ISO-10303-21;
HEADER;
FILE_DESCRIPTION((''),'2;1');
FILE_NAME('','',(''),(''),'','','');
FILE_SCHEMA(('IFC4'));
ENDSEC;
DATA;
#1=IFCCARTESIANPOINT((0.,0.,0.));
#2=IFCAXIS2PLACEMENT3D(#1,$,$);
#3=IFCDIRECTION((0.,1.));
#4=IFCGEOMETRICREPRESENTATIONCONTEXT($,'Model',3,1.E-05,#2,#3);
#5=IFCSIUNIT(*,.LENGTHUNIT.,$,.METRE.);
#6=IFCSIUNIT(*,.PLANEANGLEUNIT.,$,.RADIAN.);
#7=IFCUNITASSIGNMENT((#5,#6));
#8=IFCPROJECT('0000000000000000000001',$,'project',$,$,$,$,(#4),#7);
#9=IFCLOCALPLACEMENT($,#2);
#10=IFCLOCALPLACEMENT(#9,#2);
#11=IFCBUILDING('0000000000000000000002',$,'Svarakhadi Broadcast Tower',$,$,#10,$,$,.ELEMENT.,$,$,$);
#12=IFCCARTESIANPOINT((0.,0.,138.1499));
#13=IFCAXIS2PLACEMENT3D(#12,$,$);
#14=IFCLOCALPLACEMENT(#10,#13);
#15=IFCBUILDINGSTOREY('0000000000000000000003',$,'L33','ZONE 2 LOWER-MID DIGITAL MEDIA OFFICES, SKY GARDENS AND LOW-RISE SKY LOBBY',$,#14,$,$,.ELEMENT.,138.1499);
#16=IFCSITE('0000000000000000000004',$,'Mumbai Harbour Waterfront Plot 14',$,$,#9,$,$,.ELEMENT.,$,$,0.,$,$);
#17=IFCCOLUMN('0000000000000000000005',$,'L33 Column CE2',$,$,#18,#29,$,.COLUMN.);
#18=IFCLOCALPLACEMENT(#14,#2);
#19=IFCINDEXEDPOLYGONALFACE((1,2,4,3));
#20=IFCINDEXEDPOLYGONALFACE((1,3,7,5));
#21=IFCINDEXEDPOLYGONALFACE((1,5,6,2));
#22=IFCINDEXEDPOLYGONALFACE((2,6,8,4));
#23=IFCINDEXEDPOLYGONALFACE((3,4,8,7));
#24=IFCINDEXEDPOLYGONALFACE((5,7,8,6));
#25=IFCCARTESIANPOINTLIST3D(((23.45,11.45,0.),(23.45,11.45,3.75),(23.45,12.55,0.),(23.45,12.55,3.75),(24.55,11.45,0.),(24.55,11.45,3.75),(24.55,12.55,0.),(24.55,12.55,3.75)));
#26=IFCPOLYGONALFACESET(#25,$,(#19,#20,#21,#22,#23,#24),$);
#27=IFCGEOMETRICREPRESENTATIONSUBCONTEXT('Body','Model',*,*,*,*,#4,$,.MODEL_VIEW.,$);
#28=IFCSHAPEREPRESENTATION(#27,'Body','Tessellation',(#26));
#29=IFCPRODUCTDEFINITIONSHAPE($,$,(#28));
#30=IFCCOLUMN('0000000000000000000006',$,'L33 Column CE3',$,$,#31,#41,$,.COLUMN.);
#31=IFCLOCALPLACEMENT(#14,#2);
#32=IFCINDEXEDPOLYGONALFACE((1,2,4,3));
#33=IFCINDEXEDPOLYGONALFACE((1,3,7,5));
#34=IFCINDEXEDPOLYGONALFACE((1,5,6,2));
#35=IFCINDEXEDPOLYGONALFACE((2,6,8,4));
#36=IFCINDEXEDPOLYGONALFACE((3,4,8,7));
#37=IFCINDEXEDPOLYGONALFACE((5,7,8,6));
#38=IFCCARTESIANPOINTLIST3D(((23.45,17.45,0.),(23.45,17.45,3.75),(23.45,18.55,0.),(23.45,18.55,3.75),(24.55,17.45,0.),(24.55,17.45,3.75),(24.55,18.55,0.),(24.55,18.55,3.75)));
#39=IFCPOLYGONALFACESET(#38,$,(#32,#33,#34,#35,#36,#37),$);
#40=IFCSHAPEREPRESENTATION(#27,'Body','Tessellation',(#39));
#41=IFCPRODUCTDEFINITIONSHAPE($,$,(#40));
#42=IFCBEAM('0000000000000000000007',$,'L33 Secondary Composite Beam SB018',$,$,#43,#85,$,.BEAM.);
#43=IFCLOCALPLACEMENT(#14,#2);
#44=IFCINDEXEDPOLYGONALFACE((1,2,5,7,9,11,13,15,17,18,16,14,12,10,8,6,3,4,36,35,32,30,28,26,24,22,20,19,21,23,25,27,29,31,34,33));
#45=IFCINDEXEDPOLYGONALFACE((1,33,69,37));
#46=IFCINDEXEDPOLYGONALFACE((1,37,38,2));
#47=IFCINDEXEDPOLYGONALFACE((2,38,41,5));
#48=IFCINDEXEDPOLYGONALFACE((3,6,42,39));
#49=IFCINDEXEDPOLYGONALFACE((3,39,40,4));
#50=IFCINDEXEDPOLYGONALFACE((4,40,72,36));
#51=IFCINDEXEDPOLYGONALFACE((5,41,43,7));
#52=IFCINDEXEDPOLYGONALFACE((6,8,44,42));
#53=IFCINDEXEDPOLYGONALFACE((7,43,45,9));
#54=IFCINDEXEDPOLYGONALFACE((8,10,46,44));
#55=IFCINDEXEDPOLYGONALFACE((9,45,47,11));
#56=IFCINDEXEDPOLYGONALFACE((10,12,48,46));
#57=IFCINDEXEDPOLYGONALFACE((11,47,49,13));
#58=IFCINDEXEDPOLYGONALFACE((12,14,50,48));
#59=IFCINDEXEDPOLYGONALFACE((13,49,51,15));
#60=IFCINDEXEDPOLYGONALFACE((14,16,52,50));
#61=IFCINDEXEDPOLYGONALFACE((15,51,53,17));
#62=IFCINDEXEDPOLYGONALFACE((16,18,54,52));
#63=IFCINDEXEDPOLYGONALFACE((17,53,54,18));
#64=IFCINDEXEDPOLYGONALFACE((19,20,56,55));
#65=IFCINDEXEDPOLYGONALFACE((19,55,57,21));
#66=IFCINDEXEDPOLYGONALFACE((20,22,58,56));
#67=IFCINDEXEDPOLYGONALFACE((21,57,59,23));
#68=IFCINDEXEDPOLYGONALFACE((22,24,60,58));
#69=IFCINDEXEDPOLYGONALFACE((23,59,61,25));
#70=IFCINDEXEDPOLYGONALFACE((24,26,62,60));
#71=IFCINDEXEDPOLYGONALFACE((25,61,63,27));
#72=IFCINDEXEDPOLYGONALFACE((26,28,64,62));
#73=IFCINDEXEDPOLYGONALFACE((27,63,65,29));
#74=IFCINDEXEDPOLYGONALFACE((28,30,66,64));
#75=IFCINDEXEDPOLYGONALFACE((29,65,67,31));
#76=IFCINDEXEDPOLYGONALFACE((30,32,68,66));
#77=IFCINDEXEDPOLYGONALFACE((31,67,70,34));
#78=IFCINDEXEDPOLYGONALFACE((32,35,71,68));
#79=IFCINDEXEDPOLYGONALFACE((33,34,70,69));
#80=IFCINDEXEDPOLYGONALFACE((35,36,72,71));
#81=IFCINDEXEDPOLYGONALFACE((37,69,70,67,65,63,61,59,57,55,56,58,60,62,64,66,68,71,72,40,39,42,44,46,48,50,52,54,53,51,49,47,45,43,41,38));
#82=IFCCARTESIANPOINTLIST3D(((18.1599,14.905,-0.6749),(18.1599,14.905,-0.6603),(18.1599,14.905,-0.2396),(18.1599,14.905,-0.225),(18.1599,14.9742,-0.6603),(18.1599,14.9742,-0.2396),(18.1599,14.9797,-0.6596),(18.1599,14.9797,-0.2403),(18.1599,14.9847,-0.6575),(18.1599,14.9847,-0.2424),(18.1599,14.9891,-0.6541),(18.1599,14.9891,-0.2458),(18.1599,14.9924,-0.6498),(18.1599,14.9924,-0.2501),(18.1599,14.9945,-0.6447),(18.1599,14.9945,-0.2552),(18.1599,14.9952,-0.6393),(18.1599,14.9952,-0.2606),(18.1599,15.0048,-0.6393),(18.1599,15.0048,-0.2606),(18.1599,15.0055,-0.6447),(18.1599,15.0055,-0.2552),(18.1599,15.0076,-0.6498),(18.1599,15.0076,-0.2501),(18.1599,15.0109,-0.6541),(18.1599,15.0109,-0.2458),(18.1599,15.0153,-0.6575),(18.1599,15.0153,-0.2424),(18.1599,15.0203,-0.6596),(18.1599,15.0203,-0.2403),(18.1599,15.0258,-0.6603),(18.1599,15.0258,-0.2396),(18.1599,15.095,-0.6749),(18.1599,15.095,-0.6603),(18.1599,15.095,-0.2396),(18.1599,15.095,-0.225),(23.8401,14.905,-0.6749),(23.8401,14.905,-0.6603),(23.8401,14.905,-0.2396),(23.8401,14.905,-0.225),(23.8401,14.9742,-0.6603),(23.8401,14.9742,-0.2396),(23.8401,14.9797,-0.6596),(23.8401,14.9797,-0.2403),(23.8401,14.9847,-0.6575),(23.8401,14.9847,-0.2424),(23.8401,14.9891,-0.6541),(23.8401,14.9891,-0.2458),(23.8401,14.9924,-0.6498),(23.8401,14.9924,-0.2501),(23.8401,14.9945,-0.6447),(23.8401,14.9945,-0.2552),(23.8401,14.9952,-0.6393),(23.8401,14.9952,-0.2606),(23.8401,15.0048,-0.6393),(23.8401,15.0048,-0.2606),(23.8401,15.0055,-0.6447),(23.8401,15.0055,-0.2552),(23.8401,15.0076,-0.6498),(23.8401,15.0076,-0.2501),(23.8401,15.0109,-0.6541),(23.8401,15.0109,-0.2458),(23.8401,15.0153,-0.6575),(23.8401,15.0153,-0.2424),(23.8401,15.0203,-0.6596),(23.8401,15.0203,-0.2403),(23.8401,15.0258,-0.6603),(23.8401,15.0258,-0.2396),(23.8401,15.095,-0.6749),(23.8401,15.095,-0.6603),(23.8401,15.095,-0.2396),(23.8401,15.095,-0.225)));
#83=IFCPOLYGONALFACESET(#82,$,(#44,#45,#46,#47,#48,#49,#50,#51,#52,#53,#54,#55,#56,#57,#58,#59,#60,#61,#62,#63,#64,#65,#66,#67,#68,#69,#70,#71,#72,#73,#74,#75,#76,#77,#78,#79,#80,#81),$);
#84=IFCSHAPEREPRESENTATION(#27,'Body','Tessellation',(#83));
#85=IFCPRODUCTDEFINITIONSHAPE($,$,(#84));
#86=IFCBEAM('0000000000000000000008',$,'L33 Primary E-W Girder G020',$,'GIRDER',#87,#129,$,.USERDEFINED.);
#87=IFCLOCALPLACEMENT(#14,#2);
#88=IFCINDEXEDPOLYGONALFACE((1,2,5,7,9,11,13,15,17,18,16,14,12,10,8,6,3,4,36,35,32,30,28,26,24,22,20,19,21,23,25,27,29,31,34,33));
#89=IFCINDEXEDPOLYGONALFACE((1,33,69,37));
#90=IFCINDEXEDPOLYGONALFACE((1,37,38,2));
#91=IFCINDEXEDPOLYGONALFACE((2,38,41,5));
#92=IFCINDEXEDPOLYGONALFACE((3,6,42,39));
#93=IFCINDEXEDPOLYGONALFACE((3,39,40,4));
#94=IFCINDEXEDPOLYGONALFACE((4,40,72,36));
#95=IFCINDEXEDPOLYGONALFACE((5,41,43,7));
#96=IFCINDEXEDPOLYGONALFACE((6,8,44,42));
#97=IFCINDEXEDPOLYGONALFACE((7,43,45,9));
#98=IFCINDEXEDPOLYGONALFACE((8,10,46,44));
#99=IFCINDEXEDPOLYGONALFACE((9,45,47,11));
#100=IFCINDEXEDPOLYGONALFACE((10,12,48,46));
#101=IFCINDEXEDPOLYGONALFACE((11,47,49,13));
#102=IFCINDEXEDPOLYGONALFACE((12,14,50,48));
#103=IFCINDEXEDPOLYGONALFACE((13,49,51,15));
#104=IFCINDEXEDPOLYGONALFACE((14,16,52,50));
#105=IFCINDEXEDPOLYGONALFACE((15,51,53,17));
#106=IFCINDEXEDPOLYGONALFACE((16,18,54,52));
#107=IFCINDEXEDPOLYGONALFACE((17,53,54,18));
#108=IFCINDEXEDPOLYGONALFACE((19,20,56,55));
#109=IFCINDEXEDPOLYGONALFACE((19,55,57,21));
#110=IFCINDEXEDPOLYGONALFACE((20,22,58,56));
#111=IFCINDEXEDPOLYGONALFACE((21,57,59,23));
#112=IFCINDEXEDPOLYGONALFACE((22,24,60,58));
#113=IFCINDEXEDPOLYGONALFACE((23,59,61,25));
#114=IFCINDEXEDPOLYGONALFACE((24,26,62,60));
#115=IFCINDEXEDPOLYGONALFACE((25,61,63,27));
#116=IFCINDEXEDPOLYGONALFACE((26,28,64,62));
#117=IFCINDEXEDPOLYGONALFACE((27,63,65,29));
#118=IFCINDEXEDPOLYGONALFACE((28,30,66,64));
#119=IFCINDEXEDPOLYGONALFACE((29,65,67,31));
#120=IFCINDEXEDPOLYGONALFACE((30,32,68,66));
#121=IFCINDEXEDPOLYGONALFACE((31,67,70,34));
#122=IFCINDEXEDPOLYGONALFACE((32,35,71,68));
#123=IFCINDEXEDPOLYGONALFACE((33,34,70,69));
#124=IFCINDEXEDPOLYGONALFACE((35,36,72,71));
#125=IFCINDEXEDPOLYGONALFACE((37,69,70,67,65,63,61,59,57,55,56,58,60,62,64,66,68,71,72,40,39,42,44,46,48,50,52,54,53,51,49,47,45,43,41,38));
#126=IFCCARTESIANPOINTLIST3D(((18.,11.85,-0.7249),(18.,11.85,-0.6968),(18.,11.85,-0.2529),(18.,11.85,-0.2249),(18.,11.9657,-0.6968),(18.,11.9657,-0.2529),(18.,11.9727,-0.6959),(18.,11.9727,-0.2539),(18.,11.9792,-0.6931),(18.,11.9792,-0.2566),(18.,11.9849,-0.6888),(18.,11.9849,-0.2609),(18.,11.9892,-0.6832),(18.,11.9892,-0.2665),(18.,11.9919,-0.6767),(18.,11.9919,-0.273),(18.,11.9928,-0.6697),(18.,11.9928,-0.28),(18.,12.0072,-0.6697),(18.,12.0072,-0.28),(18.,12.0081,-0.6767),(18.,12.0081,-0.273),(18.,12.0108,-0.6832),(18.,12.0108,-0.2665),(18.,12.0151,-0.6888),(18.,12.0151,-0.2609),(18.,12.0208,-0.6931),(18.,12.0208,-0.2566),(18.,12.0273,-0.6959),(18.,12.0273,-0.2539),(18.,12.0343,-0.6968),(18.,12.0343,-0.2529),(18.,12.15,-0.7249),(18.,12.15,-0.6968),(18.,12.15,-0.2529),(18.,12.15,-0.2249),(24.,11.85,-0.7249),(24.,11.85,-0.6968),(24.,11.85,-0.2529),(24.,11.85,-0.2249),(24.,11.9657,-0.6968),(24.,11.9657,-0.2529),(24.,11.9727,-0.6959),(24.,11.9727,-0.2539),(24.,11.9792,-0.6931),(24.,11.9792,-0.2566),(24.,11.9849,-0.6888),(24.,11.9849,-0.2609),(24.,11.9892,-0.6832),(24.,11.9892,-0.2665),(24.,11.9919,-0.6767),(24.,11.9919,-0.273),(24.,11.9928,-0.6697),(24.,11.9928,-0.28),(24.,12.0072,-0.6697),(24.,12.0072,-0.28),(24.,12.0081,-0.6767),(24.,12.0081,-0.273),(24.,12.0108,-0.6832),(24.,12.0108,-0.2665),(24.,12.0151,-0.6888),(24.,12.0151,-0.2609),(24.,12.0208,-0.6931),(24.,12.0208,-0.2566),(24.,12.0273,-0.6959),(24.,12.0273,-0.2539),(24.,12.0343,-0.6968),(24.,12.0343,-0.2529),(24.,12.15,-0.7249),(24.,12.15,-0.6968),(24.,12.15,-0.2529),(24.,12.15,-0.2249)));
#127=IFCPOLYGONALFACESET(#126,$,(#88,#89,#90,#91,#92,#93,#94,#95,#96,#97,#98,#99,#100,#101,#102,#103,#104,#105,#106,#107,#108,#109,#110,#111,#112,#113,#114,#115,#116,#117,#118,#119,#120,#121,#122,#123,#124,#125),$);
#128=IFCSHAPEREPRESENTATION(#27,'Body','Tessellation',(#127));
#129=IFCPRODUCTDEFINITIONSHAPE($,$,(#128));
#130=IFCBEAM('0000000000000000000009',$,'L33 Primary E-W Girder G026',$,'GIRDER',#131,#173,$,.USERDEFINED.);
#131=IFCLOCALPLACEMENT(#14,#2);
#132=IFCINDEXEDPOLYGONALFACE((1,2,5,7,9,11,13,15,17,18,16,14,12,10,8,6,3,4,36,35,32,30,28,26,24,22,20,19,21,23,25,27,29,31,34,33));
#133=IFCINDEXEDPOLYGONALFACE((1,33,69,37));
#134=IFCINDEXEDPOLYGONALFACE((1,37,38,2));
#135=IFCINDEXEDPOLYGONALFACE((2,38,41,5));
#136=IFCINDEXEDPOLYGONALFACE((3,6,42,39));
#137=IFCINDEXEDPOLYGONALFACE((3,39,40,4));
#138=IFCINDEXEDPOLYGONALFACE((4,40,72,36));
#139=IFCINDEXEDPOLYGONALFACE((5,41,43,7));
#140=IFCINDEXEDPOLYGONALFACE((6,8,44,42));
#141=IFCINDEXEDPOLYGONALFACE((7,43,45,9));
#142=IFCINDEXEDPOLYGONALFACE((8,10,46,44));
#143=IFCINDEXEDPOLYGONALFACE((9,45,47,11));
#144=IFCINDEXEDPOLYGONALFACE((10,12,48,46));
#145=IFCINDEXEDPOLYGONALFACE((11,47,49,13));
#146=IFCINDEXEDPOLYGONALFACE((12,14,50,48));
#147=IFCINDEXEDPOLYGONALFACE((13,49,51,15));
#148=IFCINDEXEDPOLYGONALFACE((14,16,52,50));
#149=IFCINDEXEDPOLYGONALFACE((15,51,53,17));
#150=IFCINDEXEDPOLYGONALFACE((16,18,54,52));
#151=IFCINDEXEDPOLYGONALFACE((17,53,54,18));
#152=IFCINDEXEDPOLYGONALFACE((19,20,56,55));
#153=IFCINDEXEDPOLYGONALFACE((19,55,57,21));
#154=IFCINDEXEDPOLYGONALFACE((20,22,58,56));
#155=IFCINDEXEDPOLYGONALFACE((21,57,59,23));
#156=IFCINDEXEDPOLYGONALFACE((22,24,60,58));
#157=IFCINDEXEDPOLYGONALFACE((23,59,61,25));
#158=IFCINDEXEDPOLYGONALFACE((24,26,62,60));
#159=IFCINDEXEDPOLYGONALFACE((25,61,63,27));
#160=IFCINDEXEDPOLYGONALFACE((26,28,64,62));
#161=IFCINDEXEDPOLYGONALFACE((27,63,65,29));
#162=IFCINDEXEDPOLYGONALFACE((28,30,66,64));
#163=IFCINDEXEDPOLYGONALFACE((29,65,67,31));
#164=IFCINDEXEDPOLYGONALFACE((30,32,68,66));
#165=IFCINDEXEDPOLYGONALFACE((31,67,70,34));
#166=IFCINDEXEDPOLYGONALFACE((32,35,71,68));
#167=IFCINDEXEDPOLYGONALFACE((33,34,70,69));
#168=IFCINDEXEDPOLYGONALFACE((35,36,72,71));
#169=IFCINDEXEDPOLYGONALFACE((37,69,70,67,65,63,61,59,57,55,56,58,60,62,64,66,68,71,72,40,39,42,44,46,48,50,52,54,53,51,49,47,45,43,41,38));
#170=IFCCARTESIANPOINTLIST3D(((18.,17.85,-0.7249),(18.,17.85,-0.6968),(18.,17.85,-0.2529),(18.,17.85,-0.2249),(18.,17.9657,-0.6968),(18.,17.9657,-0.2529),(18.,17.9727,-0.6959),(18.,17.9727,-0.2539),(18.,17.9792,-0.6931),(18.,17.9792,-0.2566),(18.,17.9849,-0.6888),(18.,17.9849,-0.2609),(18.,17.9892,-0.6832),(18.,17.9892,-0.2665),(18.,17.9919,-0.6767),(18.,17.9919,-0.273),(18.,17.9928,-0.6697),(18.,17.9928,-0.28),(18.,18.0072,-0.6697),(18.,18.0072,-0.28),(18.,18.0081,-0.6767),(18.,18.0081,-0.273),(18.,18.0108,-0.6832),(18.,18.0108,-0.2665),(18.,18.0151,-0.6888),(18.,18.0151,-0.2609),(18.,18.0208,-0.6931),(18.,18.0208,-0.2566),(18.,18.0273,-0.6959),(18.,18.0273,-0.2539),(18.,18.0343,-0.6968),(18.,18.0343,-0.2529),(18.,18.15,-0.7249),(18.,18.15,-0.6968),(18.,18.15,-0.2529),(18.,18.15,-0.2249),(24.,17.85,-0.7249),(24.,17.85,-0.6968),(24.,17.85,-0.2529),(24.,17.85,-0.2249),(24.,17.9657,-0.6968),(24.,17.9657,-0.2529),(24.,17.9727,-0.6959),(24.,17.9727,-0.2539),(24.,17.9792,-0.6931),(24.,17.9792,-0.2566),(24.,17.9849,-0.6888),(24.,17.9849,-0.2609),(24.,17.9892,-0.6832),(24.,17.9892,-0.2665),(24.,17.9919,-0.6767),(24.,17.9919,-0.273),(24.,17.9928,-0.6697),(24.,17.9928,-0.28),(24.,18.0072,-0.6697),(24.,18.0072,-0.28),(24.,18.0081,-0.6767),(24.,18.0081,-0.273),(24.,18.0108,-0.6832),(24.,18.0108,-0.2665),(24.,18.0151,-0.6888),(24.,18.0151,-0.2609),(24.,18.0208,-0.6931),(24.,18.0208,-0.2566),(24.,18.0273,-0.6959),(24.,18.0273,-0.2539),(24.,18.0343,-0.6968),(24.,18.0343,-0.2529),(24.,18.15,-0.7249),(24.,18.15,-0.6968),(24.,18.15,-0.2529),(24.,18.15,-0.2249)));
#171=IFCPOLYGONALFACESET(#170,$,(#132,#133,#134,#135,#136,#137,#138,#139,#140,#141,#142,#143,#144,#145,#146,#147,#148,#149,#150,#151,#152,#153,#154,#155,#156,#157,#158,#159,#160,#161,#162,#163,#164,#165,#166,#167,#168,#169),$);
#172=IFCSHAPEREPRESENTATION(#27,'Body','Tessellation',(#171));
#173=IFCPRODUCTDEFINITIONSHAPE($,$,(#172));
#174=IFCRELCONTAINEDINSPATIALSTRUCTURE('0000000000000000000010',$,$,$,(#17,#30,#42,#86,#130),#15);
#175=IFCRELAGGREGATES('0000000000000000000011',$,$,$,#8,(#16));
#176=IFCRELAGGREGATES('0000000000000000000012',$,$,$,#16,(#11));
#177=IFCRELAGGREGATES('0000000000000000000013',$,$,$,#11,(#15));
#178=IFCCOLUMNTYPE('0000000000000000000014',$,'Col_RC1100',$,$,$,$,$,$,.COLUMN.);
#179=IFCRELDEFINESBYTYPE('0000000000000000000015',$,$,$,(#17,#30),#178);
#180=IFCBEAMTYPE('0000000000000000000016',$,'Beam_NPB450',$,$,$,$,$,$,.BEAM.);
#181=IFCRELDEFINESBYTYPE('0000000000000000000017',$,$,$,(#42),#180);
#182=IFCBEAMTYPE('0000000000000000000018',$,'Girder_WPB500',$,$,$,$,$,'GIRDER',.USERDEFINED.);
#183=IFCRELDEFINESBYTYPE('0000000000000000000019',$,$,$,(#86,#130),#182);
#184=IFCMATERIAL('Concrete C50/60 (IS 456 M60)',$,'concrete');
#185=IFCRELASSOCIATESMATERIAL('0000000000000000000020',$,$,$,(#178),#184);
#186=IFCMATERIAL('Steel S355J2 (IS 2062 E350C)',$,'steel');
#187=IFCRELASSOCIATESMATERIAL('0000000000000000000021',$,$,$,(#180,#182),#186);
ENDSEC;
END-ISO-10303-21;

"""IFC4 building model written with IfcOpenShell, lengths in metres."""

from ifc_helpers import new_model, si_unit, direction, frame, origin, origin_2d, place, context, subcontext, project, spatial, rectangle, i_section, extrude, material, material_profile, profile_set, type_object, element, save


model = new_model("IFC4")

# Units and contexts
model_context = context("Model", 3, precision=1e-05, world=origin(), true_north=direction((0.0, 1.0)))
body_context = subcontext(model_context, "Body", "Model", "MODEL_VIEW")
ifc_project = project(units=[si_unit("LENGTHUNIT", "METRE"), si_unit("PLANEANGLEUNIT", "RADIAN")], contexts=[model_context])

# Site, building, storey
site_placement = place(None, origin())
site = spatial("IfcSite", under=ifc_project, at=site_placement, Name="Mumbai Harbour Waterfront Plot 14", CompositionType="ELEMENT", RefElevation=0.0)
building_placement = place(site_placement, origin())
building = spatial("IfcBuilding", under=site, at=building_placement, Name="Svarakhadi Broadcast Tower", CompositionType="ELEMENT")
storey_placement = place(building_placement, frame((0.0, 0.0, 138.1499)))
storey = spatial("IfcBuildingStorey", under=building, at=storey_placement, Name="L33", Description="ZONE 2 LOWER-MID DIGITAL MEDIA OFFICES, SKY GARDENS AND LOW-RISE SKY LOBBY", CompositionType="ELEMENT", Elevation=138.1499)

# Columns
ifc_material_1 = material(Name="Concrete C50/60 (IS 456 M60)", Category="concrete")
ifc_material_profile_1 = material_profile(ifc_material_1, rectangle(XDim=1.1001, YDim=1.1001, at=origin_2d()), Name="RC 1100x1100")
ifc_profile_set_1 = profile_set([ifc_material_profile_1], Name="Concrete C50/60 (IS 456 M60)")
column_type = type_object("IfcColumnType", Name="Col_RC1100", PredefinedType="COLUMN", material=ifc_profile_set_1)
for number, where, z_axis, x_axis, name in (
    (1, (24.0, 12.0, 0.0), (0.0, 0.0, 1.0), (1.0, 0.0, 0.0), "L33 Column CE2"),
    (2, (24.0, 18.0, 0.0), (0.0, 0.0, 1.0), (1.0, 0.0, 0.0), "L33 Column CE3"),
):
    element("IfcColumn", number, at=place(storey_placement, frame(where, z_axis=z_axis, x_axis=x_axis)), inside=storey, type_object=column_type, Name=name, PredefinedType="COLUMN", context=body_context, shape_type="SweptSolid", body=[
        extrude(rectangle(XDim=1.1001, YDim=1.1001, at=origin_2d()), origin(), (0.0, 0.0, 1.0), 3.75),
    ])

# Beams
ifc_material_2 = material(Name="Steel S355J2 (IS 2062 E350C)", Category="steel")
ifc_material_profile_2 = material_profile(ifc_material_2, i_section(OverallWidth=0.1899, OverallDepth=0.45, WebThickness=0.0095, FlangeThickness=0.0146, FilletRadius=0.021, at=origin_2d()), Name="NPB 450x190x78")
ifc_profile_set_2 = profile_set([ifc_material_profile_2], Name="Steel S355J2 (IS 2062 E350C)")
beam_type_1 = type_object("IfcBeamType", Name="Beam_NPB450", PredefinedType="BEAM", material=ifc_profile_set_2)
beam_placement = place(storey_placement, frame((18.1599, 15.0, -0.45), z_axis=(1.0, 0.0, 0.0), x_axis=(0.0, 1.0, 0.0)))
element("IfcBeam", 3, at=beam_placement, inside=storey, type_object=beam_type_1, Name="L33 Secondary Composite Beam SB018", PredefinedType="BEAM", context=body_context, shape_type="SweptSolid", body=[
    extrude(i_section(OverallWidth=0.1899, OverallDepth=0.45, WebThickness=0.0095, FlangeThickness=0.0146, FilletRadius=0.021, at=origin_2d()), origin(), (0.0, 0.0, 1.0), 5.6802),
])
ifc_material_profile_3 = material_profile(ifc_material_2, i_section(OverallWidth=0.3, OverallDepth=0.5, WebThickness=0.0144, FlangeThickness=0.0281, FilletRadius=0.0271, at=origin_2d()), Name="WPB 500x300x187")
ifc_profile_set_3 = profile_set([ifc_material_profile_3], Name="Steel S355J2 (IS 2062 E350C)")
beam_type_2 = type_object("IfcBeamType", Name="Girder_WPB500", ElementType="GIRDER", PredefinedType="USERDEFINED", material=ifc_profile_set_3)
for number, where, z_axis, x_axis, name in (
    (4, (18.0, 12.0, -0.4749), (1.0, 0.0, 0.0), (0.0, 1.0, 0.0), "L33 Primary E-W Girder G020"),
    (5, (18.0, 18.0, -0.4749), (1.0, 0.0, 0.0), (0.0, 1.0, 0.0), "L33 Primary E-W Girder G026"),
):
    element("IfcBeam", number, at=place(storey_placement, frame(where, z_axis=z_axis, x_axis=x_axis)), inside=storey, type_object=beam_type_2, Name=name, ObjectType="GIRDER", PredefinedType="USERDEFINED", context=body_context, shape_type="SweptSolid", body=[
        extrude(i_section(OverallWidth=0.3, OverallDepth=0.5, WebThickness=0.0144, FlangeThickness=0.0281, FilletRadius=0.0271, at=origin_2d()), origin(), (0.0, 0.0, 1.0), 6.0),
    ])

save(model, "model.ifc")
